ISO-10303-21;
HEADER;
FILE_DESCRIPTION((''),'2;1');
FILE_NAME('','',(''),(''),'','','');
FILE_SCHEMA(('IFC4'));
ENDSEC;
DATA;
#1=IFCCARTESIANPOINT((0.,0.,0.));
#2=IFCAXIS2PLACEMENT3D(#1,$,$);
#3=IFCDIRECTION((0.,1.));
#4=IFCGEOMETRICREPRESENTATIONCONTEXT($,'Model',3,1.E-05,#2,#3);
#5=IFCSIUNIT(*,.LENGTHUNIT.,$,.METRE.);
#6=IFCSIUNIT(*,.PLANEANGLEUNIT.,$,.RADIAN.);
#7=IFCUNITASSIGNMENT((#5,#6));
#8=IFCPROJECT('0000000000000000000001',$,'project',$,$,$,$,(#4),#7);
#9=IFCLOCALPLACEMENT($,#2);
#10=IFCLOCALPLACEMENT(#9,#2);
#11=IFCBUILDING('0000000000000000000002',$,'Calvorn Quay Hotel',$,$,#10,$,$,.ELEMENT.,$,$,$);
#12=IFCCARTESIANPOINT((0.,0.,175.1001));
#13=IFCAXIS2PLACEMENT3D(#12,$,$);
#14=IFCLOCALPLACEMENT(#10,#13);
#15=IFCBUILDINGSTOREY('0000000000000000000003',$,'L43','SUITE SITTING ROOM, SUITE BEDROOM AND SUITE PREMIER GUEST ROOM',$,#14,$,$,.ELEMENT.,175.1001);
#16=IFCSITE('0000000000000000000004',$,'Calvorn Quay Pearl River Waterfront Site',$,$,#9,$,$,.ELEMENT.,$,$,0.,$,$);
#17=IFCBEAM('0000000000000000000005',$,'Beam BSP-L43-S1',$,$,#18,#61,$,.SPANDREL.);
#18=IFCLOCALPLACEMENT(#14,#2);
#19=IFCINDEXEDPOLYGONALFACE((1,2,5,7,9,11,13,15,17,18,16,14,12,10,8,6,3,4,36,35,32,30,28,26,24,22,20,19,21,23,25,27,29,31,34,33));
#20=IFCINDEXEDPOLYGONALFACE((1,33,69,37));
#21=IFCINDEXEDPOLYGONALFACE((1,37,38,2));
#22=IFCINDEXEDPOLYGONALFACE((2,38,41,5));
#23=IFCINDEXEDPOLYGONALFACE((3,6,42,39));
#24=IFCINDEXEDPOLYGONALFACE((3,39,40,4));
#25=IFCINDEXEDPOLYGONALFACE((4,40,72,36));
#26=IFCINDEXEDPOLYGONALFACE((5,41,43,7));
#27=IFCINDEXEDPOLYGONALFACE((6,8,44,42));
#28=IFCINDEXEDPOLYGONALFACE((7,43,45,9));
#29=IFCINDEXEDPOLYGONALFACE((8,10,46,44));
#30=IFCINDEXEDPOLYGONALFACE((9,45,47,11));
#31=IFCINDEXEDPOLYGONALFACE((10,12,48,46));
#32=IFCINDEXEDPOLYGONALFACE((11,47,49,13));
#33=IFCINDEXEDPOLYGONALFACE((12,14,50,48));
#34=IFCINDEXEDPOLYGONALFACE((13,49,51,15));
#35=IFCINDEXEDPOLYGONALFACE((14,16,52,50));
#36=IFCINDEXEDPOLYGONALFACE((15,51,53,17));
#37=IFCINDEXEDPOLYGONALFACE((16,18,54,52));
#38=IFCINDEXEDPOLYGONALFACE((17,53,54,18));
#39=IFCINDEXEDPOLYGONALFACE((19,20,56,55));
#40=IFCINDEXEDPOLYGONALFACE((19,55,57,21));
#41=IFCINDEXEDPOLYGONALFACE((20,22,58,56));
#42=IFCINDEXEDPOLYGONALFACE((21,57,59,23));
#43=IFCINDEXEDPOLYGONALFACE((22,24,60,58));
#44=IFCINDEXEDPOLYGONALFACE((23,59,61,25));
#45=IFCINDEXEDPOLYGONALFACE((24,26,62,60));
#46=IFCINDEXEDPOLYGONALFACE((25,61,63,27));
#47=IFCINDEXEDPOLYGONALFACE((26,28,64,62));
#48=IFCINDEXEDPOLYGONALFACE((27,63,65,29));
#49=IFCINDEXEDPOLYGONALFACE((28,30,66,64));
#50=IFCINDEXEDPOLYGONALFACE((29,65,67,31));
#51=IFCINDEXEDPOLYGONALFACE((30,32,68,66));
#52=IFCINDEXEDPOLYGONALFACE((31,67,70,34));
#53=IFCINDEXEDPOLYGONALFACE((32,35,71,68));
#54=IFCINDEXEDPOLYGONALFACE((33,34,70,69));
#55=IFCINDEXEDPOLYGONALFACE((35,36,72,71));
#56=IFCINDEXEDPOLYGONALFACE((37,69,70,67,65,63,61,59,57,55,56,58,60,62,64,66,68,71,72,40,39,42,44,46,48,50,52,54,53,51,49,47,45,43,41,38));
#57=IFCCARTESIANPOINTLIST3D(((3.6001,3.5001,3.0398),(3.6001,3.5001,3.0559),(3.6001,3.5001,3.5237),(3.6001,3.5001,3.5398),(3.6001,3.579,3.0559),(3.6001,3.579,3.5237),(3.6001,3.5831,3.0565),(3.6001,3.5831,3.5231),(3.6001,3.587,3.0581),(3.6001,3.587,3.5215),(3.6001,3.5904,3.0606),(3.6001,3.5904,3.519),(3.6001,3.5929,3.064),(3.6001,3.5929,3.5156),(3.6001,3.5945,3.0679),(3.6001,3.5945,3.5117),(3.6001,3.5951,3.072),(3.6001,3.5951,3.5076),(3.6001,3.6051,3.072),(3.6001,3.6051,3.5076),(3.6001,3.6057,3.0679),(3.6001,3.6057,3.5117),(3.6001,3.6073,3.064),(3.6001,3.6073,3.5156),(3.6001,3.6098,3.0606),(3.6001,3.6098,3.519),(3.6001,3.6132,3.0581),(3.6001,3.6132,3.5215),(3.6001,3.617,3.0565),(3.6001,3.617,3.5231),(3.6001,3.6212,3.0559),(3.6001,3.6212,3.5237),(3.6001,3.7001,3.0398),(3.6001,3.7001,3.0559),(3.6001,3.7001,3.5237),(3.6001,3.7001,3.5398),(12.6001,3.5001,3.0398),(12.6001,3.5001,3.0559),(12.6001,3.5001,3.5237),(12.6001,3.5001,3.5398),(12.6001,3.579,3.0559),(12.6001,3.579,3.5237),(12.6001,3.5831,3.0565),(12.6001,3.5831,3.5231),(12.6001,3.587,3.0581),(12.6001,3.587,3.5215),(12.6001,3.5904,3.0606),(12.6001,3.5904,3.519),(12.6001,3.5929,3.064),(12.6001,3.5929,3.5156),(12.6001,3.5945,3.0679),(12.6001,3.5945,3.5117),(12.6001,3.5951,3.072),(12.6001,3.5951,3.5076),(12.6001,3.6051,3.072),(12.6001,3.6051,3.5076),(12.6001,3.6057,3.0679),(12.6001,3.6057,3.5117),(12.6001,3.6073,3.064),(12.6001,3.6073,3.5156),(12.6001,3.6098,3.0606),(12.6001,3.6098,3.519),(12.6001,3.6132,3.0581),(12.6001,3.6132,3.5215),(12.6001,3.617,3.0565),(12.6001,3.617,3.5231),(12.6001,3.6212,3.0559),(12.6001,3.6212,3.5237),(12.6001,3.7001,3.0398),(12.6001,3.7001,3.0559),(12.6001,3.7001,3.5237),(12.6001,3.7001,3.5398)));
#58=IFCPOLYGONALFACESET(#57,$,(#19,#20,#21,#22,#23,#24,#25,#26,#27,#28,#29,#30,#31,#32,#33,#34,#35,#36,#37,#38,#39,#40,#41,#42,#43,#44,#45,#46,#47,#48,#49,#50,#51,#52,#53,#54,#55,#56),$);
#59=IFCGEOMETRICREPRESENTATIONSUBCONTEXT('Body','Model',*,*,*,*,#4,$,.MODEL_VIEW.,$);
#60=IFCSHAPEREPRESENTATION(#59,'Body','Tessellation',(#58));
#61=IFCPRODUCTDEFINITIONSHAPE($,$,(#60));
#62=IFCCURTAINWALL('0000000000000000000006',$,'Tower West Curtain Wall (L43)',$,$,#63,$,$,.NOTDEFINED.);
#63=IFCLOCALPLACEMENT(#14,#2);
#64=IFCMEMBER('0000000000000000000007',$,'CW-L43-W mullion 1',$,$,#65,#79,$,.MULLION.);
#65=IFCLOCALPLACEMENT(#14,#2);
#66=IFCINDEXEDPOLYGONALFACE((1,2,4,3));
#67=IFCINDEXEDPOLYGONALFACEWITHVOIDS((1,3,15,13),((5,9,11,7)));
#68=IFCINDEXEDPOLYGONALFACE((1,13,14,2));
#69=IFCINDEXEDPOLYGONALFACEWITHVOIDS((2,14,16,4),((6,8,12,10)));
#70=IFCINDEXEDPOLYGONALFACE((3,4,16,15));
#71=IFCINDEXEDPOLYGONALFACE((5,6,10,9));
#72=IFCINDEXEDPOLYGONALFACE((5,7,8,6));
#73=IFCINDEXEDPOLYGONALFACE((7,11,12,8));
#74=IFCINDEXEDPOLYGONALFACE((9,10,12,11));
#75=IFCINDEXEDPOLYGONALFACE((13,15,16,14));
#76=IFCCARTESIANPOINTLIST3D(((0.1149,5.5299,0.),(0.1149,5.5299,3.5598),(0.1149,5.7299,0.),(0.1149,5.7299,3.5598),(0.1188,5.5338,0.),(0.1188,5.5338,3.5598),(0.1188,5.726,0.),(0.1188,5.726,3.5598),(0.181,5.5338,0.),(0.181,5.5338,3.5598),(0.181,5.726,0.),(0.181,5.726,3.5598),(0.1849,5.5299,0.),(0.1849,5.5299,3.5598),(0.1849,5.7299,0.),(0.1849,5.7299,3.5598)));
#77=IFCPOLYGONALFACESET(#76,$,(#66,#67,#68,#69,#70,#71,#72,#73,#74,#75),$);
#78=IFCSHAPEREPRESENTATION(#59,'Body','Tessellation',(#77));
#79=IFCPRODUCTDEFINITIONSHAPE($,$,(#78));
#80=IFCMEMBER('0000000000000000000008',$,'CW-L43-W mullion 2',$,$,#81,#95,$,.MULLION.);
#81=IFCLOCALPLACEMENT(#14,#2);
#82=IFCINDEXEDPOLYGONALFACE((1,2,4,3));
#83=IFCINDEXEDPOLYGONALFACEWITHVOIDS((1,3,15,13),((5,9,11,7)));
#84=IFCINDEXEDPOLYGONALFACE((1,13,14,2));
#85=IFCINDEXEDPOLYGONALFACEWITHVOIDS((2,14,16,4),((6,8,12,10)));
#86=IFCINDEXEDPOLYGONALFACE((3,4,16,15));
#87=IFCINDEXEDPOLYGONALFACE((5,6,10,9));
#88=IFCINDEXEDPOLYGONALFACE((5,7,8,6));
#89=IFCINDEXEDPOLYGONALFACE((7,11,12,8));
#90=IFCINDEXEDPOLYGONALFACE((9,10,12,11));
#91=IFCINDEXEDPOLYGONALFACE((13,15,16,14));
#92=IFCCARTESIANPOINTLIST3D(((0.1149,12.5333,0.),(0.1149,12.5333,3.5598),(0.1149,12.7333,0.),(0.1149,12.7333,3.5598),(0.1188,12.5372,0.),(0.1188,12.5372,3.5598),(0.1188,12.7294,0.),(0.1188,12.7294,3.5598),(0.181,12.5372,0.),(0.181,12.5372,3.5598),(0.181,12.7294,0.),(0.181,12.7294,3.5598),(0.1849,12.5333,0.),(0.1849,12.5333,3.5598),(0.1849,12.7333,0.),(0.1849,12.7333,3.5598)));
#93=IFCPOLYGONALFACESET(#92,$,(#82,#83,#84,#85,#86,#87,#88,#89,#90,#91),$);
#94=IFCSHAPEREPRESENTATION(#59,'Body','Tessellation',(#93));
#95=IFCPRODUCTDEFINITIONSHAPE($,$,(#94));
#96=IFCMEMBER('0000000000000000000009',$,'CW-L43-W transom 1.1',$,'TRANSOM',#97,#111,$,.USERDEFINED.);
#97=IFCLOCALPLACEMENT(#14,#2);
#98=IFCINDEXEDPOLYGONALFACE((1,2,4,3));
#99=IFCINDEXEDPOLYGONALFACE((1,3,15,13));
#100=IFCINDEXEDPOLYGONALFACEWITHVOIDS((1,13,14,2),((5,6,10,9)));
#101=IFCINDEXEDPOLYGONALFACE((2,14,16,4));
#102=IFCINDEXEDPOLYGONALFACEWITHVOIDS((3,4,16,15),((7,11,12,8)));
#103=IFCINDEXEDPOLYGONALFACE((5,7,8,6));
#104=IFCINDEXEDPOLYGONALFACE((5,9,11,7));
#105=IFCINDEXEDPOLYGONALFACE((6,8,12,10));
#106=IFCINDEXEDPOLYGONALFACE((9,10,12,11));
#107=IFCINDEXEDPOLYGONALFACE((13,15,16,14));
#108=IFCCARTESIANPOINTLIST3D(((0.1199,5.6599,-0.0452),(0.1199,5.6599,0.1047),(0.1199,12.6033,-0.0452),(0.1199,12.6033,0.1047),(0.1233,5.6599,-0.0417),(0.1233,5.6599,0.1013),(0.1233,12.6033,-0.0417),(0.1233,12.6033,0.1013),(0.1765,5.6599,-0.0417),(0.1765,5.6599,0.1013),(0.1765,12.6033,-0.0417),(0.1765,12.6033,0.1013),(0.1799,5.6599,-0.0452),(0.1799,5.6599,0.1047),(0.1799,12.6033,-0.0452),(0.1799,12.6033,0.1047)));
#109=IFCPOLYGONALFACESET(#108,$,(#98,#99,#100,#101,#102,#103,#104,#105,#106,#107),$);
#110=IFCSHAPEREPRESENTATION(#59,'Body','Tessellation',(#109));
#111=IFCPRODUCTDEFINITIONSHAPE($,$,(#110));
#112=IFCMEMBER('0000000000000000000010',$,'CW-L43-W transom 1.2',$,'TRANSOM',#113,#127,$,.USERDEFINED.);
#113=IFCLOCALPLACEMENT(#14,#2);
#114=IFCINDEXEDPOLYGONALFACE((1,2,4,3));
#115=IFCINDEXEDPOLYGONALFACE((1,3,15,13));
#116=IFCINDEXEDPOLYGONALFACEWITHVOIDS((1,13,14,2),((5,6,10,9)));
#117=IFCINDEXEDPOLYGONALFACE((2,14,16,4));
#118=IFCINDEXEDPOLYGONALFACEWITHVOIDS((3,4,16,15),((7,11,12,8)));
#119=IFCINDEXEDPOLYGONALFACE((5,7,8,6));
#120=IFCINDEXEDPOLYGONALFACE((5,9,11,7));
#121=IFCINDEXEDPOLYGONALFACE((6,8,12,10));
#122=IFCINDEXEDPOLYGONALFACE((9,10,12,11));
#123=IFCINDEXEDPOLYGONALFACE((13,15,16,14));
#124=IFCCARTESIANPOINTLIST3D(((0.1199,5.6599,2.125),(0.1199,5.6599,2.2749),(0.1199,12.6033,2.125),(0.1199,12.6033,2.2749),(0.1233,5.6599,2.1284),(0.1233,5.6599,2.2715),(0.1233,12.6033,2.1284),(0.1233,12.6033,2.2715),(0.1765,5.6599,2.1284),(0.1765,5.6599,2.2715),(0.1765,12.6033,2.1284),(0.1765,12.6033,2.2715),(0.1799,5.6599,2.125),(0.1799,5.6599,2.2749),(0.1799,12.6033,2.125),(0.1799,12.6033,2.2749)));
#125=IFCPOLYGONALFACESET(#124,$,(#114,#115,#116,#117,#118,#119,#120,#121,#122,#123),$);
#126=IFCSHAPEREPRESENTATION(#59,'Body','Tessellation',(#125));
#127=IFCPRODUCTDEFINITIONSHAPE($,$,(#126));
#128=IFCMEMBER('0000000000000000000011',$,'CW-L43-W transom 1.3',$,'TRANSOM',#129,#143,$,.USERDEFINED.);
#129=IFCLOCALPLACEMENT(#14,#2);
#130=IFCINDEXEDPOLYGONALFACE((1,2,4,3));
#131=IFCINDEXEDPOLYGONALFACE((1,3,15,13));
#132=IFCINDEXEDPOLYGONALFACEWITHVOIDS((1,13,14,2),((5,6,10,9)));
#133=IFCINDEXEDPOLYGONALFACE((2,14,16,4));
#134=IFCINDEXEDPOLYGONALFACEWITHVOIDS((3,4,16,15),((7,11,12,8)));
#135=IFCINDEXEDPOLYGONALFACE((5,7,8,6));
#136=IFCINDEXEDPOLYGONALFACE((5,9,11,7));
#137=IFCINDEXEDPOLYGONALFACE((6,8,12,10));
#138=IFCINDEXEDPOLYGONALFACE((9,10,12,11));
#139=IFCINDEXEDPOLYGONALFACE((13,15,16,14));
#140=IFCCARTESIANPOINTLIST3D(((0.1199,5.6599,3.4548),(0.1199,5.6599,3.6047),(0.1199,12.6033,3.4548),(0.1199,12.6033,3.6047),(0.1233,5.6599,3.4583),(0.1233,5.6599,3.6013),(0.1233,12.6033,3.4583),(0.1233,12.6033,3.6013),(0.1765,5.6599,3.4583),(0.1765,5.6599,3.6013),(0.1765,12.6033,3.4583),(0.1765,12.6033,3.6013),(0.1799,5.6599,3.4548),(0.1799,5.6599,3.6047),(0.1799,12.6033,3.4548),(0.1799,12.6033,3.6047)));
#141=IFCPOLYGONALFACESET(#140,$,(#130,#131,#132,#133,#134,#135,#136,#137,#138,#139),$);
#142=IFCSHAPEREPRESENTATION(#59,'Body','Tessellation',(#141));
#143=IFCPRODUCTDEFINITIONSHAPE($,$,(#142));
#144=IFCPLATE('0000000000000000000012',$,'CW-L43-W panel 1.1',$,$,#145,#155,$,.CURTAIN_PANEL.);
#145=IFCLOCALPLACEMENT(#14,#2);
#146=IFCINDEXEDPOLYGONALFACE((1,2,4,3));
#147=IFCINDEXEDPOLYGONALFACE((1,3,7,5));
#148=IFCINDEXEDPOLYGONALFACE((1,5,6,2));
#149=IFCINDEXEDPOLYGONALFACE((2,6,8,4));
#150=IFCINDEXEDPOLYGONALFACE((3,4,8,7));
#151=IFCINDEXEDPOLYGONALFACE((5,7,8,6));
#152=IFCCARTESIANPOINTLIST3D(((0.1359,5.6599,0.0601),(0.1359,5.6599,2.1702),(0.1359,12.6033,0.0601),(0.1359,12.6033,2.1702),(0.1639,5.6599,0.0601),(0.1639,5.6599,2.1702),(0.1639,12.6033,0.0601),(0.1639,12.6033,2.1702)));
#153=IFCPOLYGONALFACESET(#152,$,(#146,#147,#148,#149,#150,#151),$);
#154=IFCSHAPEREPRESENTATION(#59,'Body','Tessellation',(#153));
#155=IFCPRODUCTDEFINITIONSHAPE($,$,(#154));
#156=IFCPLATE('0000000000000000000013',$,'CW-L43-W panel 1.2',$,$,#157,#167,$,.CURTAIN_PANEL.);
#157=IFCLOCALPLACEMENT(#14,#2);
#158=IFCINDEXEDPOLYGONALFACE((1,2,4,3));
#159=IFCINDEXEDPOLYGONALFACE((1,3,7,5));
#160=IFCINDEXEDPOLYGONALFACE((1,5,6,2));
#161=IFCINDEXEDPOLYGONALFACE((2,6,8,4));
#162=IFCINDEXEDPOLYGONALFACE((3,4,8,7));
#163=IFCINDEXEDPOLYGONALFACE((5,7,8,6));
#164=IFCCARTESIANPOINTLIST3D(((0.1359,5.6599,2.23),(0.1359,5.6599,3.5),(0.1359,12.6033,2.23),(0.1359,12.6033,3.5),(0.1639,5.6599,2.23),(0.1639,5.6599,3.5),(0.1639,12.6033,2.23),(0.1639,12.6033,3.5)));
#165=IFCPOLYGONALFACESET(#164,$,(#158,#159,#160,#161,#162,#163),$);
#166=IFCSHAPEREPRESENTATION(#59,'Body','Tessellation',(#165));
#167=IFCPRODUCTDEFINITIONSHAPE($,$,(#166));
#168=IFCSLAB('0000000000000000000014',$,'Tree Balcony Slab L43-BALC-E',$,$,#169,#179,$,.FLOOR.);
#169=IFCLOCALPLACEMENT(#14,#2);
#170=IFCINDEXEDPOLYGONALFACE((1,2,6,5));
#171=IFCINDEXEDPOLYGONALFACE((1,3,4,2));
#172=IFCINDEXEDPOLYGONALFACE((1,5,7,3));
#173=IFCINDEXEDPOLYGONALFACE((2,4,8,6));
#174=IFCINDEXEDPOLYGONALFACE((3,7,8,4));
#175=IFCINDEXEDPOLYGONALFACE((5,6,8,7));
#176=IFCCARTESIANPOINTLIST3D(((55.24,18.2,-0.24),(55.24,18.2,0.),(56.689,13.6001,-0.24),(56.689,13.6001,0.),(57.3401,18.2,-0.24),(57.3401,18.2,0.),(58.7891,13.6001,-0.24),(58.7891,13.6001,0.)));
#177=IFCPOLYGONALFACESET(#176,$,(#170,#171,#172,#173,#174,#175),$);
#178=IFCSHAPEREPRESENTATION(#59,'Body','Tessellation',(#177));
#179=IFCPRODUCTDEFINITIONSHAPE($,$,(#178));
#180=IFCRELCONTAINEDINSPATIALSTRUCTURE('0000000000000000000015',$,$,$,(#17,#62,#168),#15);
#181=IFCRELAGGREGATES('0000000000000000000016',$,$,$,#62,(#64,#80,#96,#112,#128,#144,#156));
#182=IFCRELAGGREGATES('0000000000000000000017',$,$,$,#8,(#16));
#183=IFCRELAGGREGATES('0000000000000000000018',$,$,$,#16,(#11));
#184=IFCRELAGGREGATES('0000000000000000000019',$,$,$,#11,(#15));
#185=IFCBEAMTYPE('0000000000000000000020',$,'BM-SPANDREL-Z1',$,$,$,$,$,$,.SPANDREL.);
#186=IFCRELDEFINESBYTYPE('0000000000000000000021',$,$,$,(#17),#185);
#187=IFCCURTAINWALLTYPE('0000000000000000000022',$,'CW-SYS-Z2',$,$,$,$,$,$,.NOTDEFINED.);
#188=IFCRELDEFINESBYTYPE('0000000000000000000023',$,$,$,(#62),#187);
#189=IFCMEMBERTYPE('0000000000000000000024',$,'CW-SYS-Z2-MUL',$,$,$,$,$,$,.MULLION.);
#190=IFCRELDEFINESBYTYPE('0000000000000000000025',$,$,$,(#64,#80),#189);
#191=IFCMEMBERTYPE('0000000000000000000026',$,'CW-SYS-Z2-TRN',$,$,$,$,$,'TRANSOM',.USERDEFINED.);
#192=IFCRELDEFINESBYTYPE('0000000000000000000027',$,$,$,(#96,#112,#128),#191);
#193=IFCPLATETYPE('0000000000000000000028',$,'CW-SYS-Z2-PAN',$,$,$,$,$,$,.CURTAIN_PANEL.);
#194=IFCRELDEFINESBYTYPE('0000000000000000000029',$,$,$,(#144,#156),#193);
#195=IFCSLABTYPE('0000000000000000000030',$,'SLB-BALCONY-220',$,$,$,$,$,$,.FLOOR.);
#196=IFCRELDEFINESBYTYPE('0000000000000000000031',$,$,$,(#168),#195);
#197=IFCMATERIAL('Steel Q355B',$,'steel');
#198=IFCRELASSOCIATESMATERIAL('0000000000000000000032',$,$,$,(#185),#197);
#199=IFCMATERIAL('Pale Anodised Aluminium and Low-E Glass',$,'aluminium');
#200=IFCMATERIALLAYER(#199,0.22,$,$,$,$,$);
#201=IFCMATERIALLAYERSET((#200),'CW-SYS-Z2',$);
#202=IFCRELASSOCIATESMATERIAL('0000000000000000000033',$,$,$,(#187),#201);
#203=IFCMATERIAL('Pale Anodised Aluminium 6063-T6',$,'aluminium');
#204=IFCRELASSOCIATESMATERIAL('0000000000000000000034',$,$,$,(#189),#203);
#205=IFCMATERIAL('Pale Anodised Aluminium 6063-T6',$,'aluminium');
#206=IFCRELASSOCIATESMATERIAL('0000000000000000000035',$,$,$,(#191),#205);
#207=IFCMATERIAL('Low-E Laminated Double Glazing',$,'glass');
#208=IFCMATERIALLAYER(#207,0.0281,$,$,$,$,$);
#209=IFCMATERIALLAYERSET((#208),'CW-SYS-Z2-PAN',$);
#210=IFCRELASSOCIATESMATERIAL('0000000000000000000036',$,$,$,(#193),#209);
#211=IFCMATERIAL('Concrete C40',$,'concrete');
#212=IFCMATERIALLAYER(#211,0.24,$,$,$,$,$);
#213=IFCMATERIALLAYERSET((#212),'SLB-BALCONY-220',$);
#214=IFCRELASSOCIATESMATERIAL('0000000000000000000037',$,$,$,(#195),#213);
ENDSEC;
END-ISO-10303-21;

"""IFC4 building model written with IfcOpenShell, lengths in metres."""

from ifc_helpers import new_model, si_unit, direction, frame, origin, origin_2d, place, context, subcontext, project, spatial, polyline, rectangle, hollow_rectangle, i_section, outline, extrude, material, layer, layer_set, material_profile, profile_set, type_object, element, aggregate, save


model = new_model("IFC4")

# Units and contexts
model_context = context("Model", 3, precision=1e-05, world=origin(), true_north=direction((0.0, 1.0)))
body_context = subcontext(model_context, "Body", "Model", "MODEL_VIEW")
ifc_project = project(units=[si_unit("LENGTHUNIT", "METRE"), si_unit("PLANEANGLEUNIT", "RADIAN")], contexts=[model_context])

# Site, building, storey
site_placement = place(None, origin())
site = spatial("IfcSite", under=ifc_project, at=site_placement, Name="Calvorn Quay Pearl River Waterfront Site", CompositionType="ELEMENT", RefElevation=0.0)
building_placement = place(site_placement, origin())
building = spatial("IfcBuilding", under=site, at=building_placement, Name="Calvorn Quay Hotel", CompositionType="ELEMENT")
storey_placement = place(building_placement, frame((0.0, 0.0, 175.1001)))
storey = spatial("IfcBuildingStorey", under=building, at=storey_placement, Name="L43", Description="SUITE SITTING ROOM, SUITE BEDROOM AND SUITE PREMIER GUEST ROOM", CompositionType="ELEMENT", Elevation=175.1001)

# Beam
ifc_material_1 = material(Name="Steel Q355B", Category="steel")
ifc_material_profile_1 = material_profile(ifc_material_1, i_section(OverallWidth=0.2, OverallDepth=0.5, WebThickness=0.01, FlangeThickness=0.0161, FilletRadius=0.0161, at=origin_2d()), Name="HN500x200x10x16")
ifc_profile_set_1 = profile_set([ifc_material_profile_1], Name="Steel Q355B")
beam_type_1 = type_object("IfcBeamType", Name="BM-SPANDREL-Z1", PredefinedType="SPANDREL", material=ifc_profile_set_1)
beam_1_placement = place(storey_placement, frame((3.6001, 3.6001, 3.2898), z_axis=(1.0, 0.0, 0.0), x_axis=(0.0, 1.0, 0.0)))
element("IfcBeam", 1, at=beam_1_placement, inside=storey, type_object=beam_type_1, Name="Beam BSP-L43-S1", PredefinedType="SPANDREL", context=body_context, shape_type="SweptSolid", body=[
    extrude(i_section(OverallWidth=0.2, OverallDepth=0.5, WebThickness=0.01, FlangeThickness=0.0161, FilletRadius=0.0161, at=origin_2d()), origin(), (0.0, 0.0, 1.0), 9.0),
])

# Curtain wall, members, plates
ifc_material_2 = material(Name="Pale Anodised Aluminium and Low-E Glass", Category="aluminium")
ifc_layer_1 = layer(ifc_material_2, 0.22)
ifc_layer_set_1 = layer_set([ifc_layer_1], Name="CW-SYS-Z2")
curtain_wall_type = type_object("IfcCurtainWallType", Name="CW-SYS-Z2", PredefinedType="NOTDEFINED", material=ifc_layer_set_1)
curtain_wall_placement = place(storey_placement, origin())
curtain_wall = element("IfcCurtainWall", 2, at=curtain_wall_placement, inside=storey, type_object=curtain_wall_type, Name="Tower West Curtain Wall (L43)", PredefinedType="NOTDEFINED")
ifc_material_3 = material(Name="Pale Anodised Aluminium 6063-T6", Category="aluminium")
ifc_material_profile_2 = material_profile(ifc_material_3, hollow_rectangle(XDim=0.0701, YDim=0.2, WallThickness=0.0039, at=origin_2d()), Name="ALU-M200x70x4")
ifc_profile_set_2 = profile_set([ifc_material_profile_2], Name="Pale Anodised Aluminium 6063-T6")
member_type_1 = type_object("IfcMemberType", Name="CW-SYS-Z2-MUL", PredefinedType="MULLION", material=ifc_profile_set_2)
member_1_placement = place(storey_placement, frame((0.1499, 5.6299, 0.0), z_axis=(0.0, 0.0, 1.0), x_axis=(-1.0, 0.0, 0.0)))
member_1 = element("IfcMember", 3, at=member_1_placement, type_object=member_type_1, Name="CW-L43-W mullion 1", PredefinedType="MULLION", context=body_context, shape_type="SweptSolid", body=[
    extrude(hollow_rectangle(XDim=0.0701, YDim=0.2, WallThickness=0.0039, at=origin_2d()), origin(), (0.0, 0.0, 1.0), 3.5598),
])
member_2_placement = place(storey_placement, frame((0.1499, 12.6333, 0.0), z_axis=(0.0, 0.0, 1.0), x_axis=(-1.0, 0.0, 0.0)))
member_2 = element("IfcMember", 4, at=member_2_placement, type_object=member_type_1, Name="CW-L43-W mullion 2", PredefinedType="MULLION", context=body_context, shape_type="SweptSolid", body=[
    extrude(hollow_rectangle(XDim=0.0701, YDim=0.2, WallThickness=0.0039, at=origin_2d()), origin(), (0.0, 0.0, 1.0), 3.5598),
])
ifc_material_4 = material(Name="Pale Anodised Aluminium 6063-T6", Category="aluminium")
ifc_material_profile_3 = material_profile(ifc_material_4, hollow_rectangle(XDim=0.0601, YDim=0.1499, WallThickness=0.0034, at=origin_2d()), Name="ALU-T150x60x3.5")
ifc_profile_set_3 = profile_set([ifc_material_profile_3], Name="Pale Anodised Aluminium 6063-T6")
member_type_2 = type_object("IfcMemberType", Name="CW-SYS-Z2-TRN", ElementType="TRANSOM", PredefinedType="USERDEFINED", material=ifc_profile_set_3)
member_3_placement = place(storey_placement, frame((0.1499, 5.6599, 0.0298), z_axis=(0.0, 1.0, 0.0), x_axis=(-1.0, 0.0, 0.0)))
member_3 = element("IfcMember", 5, at=member_3_placement, type_object=member_type_2, Name="CW-L43-W transom 1.1", ObjectType="TRANSOM", PredefinedType="USERDEFINED", context=body_context, shape_type="SweptSolid", body=[
    extrude(hollow_rectangle(XDim=0.0601, YDim=0.1499, WallThickness=0.0034, at=origin_2d()), origin(), (0.0, 0.0, 1.0), 6.9434),
])
member_4_placement = place(storey_placement, frame((0.1499, 5.6599, 2.2), z_axis=(0.0, 1.0, 0.0), x_axis=(-1.0, 0.0, 0.0)))
member_4 = element("IfcMember", 6, at=member_4_placement, type_object=member_type_2, Name="CW-L43-W transom 1.2", ObjectType="TRANSOM", PredefinedType="USERDEFINED", context=body_context, shape_type="SweptSolid", body=[
    extrude(hollow_rectangle(XDim=0.0601, YDim=0.1499, WallThickness=0.0034, at=origin_2d()), origin(), (0.0, 0.0, 1.0), 6.9434),
])
member_5_placement = place(storey_placement, frame((0.1499, 5.6599, 3.5298), z_axis=(0.0, 1.0, 0.0), x_axis=(-1.0, 0.0, 0.0)))
member_5 = element("IfcMember", 7, at=member_5_placement, type_object=member_type_2, Name="CW-L43-W transom 1.3", ObjectType="TRANSOM", PredefinedType="USERDEFINED", context=body_context, shape_type="SweptSolid", body=[
    extrude(hollow_rectangle(XDim=0.0601, YDim=0.1499, WallThickness=0.0034, at=origin_2d()), origin(), (0.0, 0.0, 1.0), 6.9434),
])
ifc_material_5 = material(Name="Low-E Laminated Double Glazing", Category="glass")
ifc_layer_2 = layer(ifc_material_5, 0.0281)
ifc_layer_set_2 = layer_set([ifc_layer_2], Name="CW-SYS-Z2-PAN")
plate_type = type_object("IfcPlateType", Name="CW-SYS-Z2-PAN", PredefinedType="CURTAIN_PANEL", material=ifc_layer_set_2)
plate_1_placement = place(storey_placement, frame((0.1499, 9.1316, 0.0601), z_axis=(0.0, 0.0, 1.0), x_axis=(0.0, 1.0, 0.0)))
plate_1 = element("IfcPlate", 8, at=plate_1_placement, type_object=plate_type, Name="CW-L43-W panel 1.1", PredefinedType="CURTAIN_PANEL", context=body_context, shape_type="SweptSolid", body=[
    extrude(rectangle(XDim=6.9434, YDim=0.0281, at=origin_2d()), origin(), (0.0, 0.0, 1.0), 2.1101),
])
plate_2_placement = place(storey_placement, frame((0.1499, 9.1316, 2.23), z_axis=(0.0, 0.0, 1.0), x_axis=(0.0, 1.0, 0.0)))
plate_2 = element("IfcPlate", 9, at=plate_2_placement, type_object=plate_type, Name="CW-L43-W panel 1.2", PredefinedType="CURTAIN_PANEL", context=body_context, shape_type="SweptSolid", body=[
    extrude(rectangle(XDim=6.9434, YDim=0.0281, at=origin_2d()), origin(), (0.0, 0.0, 1.0), 1.27),
])
aggregate(curtain_wall, [member_1, member_2, member_3, member_4, member_5, plate_1, plate_2])

# Slab
ifc_material_6 = material(Name="Concrete C40", Category="concrete")
ifc_layer_3 = layer(ifc_material_6, 0.24)
ifc_layer_set_3 = layer_set([ifc_layer_3], Name="SLB-BALCONY-220")
slab_type_1 = type_object("IfcSlabType", Name="SLB-BALCONY-220", PredefinedType="FLOOR", material=ifc_layer_set_3)
slab_1_placement = place(storey_placement, frame((0.0, 0.0, -0.24)))
element("IfcSlab", 10, at=slab_1_placement, inside=storey, type_object=slab_type_1, Name="Tree Balcony Slab L43-BALC-E", PredefinedType="FLOOR", context=body_context, shape_type="SweptSolid", body=[
    extrude(outline(polyline([(56.689, 13.6001), (58.7891, 13.6001), (57.3401, 18.2), (55.24, 18.2), (56.689, 13.6001)])), origin(), (0.0, 0.0, 1.0), 0.24),
])

save(model, "model.ifc")
